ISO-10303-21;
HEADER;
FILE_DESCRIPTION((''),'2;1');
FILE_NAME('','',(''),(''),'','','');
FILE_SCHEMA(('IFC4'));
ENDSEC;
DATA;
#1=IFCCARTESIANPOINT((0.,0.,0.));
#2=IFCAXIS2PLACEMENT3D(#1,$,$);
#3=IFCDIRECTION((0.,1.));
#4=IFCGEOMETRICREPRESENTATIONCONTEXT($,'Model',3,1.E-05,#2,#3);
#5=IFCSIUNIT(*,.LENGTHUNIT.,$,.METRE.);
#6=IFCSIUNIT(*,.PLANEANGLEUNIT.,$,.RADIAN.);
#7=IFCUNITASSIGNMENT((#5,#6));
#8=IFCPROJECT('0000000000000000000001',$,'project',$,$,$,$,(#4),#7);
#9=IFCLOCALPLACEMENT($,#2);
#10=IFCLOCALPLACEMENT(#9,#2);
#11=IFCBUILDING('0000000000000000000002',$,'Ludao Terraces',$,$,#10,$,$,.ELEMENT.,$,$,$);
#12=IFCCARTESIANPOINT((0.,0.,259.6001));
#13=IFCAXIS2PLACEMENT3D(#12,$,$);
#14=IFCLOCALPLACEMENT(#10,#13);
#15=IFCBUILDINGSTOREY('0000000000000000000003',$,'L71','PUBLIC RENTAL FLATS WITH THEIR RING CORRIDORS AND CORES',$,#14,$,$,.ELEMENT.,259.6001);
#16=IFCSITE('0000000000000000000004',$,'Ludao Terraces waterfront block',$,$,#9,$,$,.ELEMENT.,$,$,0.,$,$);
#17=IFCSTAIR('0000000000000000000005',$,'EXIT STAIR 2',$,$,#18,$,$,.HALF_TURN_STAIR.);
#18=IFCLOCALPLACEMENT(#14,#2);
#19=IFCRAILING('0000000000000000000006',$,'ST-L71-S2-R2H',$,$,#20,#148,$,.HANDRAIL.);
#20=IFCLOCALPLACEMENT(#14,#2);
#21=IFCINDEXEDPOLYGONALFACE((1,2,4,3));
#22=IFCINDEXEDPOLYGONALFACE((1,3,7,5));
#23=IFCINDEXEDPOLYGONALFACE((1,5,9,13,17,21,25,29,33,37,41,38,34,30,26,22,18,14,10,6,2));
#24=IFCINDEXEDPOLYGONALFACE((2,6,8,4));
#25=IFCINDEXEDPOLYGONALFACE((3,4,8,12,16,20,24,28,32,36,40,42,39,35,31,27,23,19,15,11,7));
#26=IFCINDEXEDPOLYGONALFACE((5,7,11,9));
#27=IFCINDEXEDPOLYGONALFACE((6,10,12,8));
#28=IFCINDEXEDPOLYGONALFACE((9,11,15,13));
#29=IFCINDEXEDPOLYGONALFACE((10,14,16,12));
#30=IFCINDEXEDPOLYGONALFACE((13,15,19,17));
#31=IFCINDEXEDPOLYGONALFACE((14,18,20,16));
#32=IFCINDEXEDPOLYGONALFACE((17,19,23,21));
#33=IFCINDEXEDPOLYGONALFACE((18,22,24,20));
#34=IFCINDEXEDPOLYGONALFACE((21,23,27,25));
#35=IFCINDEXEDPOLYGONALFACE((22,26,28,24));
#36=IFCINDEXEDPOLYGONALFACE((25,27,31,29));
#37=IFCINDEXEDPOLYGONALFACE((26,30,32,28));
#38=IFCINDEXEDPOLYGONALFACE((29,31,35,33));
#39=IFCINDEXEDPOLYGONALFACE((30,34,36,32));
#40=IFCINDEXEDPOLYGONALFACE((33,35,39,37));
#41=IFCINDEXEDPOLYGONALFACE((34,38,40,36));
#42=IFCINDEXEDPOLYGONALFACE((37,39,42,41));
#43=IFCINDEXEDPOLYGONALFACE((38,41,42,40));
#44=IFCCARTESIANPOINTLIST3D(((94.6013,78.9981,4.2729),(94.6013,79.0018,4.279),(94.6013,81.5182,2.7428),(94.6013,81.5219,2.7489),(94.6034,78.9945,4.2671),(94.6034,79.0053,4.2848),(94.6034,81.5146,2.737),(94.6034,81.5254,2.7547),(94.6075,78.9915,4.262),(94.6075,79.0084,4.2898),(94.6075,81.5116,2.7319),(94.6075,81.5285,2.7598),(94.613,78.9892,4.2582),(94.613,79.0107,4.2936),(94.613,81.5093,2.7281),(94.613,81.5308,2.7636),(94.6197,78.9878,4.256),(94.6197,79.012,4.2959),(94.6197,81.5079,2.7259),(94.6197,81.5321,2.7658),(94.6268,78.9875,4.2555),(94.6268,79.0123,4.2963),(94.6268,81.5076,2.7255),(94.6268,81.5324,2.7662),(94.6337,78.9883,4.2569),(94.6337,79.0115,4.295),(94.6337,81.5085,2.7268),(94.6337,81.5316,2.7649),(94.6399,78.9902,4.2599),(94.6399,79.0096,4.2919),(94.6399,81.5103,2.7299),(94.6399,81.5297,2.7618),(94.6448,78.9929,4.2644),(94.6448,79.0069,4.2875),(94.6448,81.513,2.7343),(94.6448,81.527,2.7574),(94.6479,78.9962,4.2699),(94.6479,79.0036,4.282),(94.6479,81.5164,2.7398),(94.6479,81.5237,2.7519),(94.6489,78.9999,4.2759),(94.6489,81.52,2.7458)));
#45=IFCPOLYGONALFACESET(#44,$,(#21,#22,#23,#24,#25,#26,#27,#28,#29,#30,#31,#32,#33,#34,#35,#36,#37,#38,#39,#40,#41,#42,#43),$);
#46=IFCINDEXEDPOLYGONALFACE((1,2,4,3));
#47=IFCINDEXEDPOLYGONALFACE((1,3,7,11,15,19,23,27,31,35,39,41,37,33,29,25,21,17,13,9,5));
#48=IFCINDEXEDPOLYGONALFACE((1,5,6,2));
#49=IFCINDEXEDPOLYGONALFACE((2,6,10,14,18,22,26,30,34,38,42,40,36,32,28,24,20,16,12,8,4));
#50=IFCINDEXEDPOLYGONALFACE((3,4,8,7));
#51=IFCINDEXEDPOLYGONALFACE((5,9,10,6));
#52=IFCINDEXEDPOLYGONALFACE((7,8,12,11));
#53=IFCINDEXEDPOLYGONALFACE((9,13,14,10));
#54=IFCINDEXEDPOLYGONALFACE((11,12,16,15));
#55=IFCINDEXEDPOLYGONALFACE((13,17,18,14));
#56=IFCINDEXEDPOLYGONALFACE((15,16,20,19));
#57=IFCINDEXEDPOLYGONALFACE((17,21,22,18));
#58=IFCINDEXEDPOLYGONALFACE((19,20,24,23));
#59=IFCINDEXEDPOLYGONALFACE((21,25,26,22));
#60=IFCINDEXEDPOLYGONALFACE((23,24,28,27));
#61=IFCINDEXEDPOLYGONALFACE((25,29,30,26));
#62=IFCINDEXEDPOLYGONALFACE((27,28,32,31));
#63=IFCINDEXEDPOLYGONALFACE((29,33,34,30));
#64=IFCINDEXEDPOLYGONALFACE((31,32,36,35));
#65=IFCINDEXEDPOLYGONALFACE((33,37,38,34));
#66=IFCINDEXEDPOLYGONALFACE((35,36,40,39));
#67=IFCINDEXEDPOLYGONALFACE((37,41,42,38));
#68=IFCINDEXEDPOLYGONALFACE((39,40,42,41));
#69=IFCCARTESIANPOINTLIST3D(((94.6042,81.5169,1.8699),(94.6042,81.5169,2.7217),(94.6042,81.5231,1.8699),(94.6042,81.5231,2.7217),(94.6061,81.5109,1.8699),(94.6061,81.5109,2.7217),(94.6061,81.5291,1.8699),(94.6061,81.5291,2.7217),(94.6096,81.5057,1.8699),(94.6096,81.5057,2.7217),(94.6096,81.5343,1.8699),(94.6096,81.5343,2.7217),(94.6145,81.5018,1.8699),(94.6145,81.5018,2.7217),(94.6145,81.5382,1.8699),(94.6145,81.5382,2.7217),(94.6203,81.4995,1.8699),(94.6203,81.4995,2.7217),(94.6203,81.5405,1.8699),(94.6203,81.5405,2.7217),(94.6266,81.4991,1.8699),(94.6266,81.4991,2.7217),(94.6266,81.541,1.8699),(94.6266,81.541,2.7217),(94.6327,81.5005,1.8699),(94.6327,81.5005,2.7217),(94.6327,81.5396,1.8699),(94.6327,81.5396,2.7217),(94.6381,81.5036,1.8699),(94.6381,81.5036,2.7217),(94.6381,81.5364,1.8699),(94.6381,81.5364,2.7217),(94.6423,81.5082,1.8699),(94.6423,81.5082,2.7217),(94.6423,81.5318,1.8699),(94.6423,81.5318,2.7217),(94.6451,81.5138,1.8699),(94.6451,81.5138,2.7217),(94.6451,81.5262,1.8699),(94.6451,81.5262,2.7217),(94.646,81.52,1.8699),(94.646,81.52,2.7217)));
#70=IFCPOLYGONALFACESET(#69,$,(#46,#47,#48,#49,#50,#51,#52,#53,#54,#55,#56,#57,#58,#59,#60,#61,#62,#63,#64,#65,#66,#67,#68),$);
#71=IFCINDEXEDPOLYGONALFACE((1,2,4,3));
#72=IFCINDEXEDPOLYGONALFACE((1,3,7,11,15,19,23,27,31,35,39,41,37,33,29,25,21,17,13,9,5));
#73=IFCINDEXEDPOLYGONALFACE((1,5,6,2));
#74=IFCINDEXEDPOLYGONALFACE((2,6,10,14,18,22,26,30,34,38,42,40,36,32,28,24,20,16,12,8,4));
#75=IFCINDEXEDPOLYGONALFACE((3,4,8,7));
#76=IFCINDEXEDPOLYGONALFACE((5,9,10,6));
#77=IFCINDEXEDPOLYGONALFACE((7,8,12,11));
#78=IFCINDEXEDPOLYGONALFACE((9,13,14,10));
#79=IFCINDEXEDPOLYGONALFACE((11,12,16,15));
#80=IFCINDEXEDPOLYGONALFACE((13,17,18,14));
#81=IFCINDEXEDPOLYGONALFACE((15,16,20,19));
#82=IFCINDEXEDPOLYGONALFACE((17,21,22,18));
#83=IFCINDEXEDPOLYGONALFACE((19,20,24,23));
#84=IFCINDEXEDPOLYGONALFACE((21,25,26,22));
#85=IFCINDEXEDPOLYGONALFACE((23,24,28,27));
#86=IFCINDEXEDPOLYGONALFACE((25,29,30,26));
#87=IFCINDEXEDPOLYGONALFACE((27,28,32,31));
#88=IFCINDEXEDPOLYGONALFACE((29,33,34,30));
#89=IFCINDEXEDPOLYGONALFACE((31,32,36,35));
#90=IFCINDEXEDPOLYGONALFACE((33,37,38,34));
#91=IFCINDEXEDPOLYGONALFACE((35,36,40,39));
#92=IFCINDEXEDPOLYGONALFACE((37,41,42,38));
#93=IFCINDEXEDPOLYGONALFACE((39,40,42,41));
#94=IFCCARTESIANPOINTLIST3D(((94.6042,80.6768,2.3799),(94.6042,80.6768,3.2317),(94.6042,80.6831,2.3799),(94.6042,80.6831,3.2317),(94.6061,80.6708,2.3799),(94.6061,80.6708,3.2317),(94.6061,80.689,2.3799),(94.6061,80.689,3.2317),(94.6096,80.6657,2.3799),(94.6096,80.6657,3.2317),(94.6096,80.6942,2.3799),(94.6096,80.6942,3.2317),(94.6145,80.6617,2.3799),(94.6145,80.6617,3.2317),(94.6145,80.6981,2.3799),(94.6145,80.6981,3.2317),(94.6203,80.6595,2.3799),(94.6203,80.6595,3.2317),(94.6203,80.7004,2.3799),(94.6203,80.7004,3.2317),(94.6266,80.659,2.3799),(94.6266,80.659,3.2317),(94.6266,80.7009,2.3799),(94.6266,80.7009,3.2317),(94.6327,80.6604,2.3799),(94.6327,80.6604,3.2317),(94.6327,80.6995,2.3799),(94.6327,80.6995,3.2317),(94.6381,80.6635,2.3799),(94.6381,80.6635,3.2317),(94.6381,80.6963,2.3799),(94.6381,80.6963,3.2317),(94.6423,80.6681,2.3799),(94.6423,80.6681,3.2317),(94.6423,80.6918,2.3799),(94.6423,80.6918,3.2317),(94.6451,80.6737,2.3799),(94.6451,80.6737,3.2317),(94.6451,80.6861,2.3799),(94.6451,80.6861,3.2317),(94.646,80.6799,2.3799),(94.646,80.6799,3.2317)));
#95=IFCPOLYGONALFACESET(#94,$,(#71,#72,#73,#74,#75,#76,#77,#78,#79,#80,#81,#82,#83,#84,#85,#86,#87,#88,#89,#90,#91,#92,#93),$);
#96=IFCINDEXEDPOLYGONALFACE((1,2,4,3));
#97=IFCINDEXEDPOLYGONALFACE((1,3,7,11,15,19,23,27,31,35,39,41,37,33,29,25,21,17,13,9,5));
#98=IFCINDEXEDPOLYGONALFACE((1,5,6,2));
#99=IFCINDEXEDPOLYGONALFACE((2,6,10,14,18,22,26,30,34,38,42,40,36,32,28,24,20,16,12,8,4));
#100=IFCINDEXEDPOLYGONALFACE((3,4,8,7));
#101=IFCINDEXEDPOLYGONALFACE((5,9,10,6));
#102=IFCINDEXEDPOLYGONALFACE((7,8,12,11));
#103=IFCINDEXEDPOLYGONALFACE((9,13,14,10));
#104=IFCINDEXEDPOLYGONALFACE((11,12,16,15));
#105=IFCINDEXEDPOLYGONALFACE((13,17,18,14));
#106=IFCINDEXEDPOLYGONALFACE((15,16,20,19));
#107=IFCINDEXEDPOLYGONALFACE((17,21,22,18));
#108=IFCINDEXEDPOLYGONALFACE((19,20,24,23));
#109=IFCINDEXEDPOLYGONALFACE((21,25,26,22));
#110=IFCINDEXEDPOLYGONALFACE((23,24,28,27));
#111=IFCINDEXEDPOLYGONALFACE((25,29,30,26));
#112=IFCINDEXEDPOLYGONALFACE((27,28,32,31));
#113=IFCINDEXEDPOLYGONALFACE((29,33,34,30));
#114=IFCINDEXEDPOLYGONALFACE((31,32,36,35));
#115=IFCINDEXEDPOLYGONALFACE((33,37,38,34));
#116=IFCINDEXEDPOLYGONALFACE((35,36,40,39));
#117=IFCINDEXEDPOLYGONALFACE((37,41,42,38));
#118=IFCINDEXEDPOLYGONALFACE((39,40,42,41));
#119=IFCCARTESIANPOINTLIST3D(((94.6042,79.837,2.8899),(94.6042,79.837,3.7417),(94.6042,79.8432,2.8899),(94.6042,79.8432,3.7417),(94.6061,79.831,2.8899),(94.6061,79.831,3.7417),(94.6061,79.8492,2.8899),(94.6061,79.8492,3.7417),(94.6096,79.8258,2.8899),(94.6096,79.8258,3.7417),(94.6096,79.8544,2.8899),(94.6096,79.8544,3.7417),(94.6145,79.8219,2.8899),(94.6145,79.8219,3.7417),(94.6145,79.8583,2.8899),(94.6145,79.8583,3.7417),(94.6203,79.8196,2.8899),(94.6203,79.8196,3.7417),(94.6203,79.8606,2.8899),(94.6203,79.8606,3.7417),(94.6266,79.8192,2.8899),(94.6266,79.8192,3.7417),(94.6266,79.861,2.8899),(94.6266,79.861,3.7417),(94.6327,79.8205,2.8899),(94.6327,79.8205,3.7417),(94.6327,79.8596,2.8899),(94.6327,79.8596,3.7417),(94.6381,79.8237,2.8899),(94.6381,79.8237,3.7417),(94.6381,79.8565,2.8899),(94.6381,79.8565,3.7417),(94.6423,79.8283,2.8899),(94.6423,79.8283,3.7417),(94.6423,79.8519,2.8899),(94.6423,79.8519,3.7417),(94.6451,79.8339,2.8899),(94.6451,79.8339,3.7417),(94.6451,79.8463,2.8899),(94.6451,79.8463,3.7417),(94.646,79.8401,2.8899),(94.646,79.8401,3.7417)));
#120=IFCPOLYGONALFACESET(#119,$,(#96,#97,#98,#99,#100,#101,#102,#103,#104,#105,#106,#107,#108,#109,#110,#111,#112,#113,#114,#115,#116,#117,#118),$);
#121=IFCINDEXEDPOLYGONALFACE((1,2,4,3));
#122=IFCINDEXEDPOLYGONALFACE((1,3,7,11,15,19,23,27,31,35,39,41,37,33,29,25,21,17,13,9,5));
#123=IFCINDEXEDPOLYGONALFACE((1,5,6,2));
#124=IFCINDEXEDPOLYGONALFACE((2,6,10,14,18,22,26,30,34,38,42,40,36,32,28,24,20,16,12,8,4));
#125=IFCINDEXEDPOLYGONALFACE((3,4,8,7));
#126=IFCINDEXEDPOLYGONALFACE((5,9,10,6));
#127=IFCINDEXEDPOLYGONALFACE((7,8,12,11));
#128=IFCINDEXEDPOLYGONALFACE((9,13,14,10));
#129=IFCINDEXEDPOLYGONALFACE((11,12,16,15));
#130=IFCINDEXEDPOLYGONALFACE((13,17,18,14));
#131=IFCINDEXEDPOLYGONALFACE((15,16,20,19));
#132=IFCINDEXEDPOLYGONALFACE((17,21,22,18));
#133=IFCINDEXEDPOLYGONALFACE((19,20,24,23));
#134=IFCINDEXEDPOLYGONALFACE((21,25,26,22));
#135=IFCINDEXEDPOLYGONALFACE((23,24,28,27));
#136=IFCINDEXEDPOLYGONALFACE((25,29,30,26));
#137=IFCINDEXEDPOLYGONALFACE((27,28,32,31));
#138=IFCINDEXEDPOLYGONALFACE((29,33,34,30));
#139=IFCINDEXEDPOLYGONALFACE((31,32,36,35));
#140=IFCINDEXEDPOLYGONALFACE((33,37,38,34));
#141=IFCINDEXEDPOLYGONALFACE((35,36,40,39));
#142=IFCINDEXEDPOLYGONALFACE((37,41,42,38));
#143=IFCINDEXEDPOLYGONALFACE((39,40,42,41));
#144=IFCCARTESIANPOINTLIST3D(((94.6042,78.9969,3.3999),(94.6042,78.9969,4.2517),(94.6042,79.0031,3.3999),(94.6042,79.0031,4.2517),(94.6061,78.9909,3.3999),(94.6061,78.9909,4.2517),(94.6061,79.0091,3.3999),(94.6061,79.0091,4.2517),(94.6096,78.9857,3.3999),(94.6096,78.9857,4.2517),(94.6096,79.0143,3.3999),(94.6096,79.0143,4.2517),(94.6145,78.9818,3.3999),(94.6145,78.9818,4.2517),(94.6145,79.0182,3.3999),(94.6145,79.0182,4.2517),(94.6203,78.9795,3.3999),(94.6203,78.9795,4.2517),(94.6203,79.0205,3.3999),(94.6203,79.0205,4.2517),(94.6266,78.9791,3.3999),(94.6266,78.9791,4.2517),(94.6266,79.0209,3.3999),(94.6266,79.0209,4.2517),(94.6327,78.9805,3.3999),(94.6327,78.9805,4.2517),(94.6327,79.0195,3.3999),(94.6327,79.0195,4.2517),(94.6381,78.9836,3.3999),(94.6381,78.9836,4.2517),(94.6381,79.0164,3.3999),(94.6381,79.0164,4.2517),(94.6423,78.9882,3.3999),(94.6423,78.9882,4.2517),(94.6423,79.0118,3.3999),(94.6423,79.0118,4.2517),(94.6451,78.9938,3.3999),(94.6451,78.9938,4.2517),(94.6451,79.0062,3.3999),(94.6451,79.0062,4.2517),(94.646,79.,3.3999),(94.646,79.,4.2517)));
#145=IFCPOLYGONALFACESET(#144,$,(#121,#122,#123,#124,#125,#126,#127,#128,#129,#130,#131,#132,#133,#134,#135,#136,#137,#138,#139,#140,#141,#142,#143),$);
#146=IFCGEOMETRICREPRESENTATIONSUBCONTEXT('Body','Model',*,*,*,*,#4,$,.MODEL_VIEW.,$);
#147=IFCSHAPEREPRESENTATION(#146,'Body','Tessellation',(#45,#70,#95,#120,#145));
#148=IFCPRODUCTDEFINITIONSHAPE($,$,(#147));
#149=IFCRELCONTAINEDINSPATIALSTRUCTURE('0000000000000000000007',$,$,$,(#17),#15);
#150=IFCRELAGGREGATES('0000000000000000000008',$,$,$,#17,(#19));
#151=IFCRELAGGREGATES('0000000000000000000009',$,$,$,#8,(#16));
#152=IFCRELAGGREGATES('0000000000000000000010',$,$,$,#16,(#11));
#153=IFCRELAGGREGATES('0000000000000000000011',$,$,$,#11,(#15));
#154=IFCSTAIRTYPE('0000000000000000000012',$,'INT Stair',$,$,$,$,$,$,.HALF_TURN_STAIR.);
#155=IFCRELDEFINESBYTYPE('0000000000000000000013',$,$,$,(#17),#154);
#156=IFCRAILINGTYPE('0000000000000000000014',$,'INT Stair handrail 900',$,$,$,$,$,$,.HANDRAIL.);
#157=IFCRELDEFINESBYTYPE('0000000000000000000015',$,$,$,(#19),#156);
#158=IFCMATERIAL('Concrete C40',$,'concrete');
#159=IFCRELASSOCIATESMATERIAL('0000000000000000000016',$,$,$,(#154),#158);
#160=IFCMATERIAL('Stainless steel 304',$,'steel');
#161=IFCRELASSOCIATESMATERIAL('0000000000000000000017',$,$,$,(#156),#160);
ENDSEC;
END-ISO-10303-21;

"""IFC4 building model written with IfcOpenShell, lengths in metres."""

from ifc_helpers import new_model, si_unit, direction, frame, origin, origin_2d, place, context, subcontext, project, spatial, circle, extrude, material, type_object, element, aggregate, save


model = new_model("IFC4")

# Units and contexts
model_context = context("Model", 3, precision=1e-05, world=origin(), true_north=direction((0.0, 1.0)))
body_context = subcontext(model_context, "Body", "Model", "MODEL_VIEW")
ifc_project = project(units=[si_unit("LENGTHUNIT", "METRE"), si_unit("PLANEANGLEUNIT", "RADIAN")], contexts=[model_context])

# Site, building, storey
site_placement = place(None, origin())
site = spatial("IfcSite", under=ifc_project, at=site_placement, Name="Ludao Terraces waterfront block", CompositionType="ELEMENT", RefElevation=0.0)
building_placement = place(site_placement, origin())
building = spatial("IfcBuilding", under=site, at=building_placement, Name="Ludao Terraces", CompositionType="ELEMENT")
storey_placement = place(building_placement, frame((0.0, 0.0, 259.6001)))
storey = spatial("IfcBuildingStorey", under=building, at=storey_placement, Name="L71", Description="PUBLIC RENTAL FLATS WITH THEIR RING CORRIDORS AND CORES", CompositionType="ELEMENT", Elevation=259.6001)

# Shared definitions
ifc_material_1 = material(Name="Stainless steel 304", Category="steel")

# Stair, railing
ifc_material_2 = material(Name="Concrete C40", Category="concrete")
stair_type = type_object("IfcStairType", Name="INT Stair", PredefinedType="HALF_TURN_STAIR", material=ifc_material_2)
stair_placement = place(storey_placement, origin())
stair = element("IfcStair", 1, at=stair_placement, inside=storey, type_object=stair_type, Name="EXIT STAIR 2", PredefinedType="HALF_TURN_STAIR")
railing_type_1 = type_object("IfcRailingType", Name="INT Stair handrail 900", PredefinedType="HANDRAIL", material=ifc_material_1)
railing_1_placement = place(storey_placement, frame((94.625, 81.52, 1.8699)))
railing_1 = element("IfcRailing", 2, at=railing_1_placement, type_object=railing_type_1, Name="ST-L71-S2-R2H", PredefinedType="HANDRAIL", context=body_context, shape_type="SweptSolid", body=[
    extrude(circle(Radius=0.0239, at=origin_2d()), frame((0.0, 0.0, 0.876), z_axis=(0.0, -0.854785, 0.518982), x_axis=(1.0, 0.0, 0.0)), (0.0, 0.0, 1.0), 2.9482),
    extrude(circle(Radius=0.021, at=origin_2d()), origin(), (0.0, 0.0, 1.0), 0.8518),
    extrude(circle(Radius=0.021, at=origin_2d()), frame((0.0, -0.8401, 0.51)), (0.0, 0.0, 1.0), 0.8518),
    extrude(circle(Radius=0.021, at=origin_2d()), frame((0.0, -1.6799, 1.02)), (0.0, 0.0, 1.0), 0.8518),
    extrude(circle(Radius=0.021, at=origin_2d()), frame((0.0, -2.52, 1.53)), (0.0, 0.0, 1.0), 0.8518),
])
aggregate(stair, [railing_1])

save(model, "model.ifc")
